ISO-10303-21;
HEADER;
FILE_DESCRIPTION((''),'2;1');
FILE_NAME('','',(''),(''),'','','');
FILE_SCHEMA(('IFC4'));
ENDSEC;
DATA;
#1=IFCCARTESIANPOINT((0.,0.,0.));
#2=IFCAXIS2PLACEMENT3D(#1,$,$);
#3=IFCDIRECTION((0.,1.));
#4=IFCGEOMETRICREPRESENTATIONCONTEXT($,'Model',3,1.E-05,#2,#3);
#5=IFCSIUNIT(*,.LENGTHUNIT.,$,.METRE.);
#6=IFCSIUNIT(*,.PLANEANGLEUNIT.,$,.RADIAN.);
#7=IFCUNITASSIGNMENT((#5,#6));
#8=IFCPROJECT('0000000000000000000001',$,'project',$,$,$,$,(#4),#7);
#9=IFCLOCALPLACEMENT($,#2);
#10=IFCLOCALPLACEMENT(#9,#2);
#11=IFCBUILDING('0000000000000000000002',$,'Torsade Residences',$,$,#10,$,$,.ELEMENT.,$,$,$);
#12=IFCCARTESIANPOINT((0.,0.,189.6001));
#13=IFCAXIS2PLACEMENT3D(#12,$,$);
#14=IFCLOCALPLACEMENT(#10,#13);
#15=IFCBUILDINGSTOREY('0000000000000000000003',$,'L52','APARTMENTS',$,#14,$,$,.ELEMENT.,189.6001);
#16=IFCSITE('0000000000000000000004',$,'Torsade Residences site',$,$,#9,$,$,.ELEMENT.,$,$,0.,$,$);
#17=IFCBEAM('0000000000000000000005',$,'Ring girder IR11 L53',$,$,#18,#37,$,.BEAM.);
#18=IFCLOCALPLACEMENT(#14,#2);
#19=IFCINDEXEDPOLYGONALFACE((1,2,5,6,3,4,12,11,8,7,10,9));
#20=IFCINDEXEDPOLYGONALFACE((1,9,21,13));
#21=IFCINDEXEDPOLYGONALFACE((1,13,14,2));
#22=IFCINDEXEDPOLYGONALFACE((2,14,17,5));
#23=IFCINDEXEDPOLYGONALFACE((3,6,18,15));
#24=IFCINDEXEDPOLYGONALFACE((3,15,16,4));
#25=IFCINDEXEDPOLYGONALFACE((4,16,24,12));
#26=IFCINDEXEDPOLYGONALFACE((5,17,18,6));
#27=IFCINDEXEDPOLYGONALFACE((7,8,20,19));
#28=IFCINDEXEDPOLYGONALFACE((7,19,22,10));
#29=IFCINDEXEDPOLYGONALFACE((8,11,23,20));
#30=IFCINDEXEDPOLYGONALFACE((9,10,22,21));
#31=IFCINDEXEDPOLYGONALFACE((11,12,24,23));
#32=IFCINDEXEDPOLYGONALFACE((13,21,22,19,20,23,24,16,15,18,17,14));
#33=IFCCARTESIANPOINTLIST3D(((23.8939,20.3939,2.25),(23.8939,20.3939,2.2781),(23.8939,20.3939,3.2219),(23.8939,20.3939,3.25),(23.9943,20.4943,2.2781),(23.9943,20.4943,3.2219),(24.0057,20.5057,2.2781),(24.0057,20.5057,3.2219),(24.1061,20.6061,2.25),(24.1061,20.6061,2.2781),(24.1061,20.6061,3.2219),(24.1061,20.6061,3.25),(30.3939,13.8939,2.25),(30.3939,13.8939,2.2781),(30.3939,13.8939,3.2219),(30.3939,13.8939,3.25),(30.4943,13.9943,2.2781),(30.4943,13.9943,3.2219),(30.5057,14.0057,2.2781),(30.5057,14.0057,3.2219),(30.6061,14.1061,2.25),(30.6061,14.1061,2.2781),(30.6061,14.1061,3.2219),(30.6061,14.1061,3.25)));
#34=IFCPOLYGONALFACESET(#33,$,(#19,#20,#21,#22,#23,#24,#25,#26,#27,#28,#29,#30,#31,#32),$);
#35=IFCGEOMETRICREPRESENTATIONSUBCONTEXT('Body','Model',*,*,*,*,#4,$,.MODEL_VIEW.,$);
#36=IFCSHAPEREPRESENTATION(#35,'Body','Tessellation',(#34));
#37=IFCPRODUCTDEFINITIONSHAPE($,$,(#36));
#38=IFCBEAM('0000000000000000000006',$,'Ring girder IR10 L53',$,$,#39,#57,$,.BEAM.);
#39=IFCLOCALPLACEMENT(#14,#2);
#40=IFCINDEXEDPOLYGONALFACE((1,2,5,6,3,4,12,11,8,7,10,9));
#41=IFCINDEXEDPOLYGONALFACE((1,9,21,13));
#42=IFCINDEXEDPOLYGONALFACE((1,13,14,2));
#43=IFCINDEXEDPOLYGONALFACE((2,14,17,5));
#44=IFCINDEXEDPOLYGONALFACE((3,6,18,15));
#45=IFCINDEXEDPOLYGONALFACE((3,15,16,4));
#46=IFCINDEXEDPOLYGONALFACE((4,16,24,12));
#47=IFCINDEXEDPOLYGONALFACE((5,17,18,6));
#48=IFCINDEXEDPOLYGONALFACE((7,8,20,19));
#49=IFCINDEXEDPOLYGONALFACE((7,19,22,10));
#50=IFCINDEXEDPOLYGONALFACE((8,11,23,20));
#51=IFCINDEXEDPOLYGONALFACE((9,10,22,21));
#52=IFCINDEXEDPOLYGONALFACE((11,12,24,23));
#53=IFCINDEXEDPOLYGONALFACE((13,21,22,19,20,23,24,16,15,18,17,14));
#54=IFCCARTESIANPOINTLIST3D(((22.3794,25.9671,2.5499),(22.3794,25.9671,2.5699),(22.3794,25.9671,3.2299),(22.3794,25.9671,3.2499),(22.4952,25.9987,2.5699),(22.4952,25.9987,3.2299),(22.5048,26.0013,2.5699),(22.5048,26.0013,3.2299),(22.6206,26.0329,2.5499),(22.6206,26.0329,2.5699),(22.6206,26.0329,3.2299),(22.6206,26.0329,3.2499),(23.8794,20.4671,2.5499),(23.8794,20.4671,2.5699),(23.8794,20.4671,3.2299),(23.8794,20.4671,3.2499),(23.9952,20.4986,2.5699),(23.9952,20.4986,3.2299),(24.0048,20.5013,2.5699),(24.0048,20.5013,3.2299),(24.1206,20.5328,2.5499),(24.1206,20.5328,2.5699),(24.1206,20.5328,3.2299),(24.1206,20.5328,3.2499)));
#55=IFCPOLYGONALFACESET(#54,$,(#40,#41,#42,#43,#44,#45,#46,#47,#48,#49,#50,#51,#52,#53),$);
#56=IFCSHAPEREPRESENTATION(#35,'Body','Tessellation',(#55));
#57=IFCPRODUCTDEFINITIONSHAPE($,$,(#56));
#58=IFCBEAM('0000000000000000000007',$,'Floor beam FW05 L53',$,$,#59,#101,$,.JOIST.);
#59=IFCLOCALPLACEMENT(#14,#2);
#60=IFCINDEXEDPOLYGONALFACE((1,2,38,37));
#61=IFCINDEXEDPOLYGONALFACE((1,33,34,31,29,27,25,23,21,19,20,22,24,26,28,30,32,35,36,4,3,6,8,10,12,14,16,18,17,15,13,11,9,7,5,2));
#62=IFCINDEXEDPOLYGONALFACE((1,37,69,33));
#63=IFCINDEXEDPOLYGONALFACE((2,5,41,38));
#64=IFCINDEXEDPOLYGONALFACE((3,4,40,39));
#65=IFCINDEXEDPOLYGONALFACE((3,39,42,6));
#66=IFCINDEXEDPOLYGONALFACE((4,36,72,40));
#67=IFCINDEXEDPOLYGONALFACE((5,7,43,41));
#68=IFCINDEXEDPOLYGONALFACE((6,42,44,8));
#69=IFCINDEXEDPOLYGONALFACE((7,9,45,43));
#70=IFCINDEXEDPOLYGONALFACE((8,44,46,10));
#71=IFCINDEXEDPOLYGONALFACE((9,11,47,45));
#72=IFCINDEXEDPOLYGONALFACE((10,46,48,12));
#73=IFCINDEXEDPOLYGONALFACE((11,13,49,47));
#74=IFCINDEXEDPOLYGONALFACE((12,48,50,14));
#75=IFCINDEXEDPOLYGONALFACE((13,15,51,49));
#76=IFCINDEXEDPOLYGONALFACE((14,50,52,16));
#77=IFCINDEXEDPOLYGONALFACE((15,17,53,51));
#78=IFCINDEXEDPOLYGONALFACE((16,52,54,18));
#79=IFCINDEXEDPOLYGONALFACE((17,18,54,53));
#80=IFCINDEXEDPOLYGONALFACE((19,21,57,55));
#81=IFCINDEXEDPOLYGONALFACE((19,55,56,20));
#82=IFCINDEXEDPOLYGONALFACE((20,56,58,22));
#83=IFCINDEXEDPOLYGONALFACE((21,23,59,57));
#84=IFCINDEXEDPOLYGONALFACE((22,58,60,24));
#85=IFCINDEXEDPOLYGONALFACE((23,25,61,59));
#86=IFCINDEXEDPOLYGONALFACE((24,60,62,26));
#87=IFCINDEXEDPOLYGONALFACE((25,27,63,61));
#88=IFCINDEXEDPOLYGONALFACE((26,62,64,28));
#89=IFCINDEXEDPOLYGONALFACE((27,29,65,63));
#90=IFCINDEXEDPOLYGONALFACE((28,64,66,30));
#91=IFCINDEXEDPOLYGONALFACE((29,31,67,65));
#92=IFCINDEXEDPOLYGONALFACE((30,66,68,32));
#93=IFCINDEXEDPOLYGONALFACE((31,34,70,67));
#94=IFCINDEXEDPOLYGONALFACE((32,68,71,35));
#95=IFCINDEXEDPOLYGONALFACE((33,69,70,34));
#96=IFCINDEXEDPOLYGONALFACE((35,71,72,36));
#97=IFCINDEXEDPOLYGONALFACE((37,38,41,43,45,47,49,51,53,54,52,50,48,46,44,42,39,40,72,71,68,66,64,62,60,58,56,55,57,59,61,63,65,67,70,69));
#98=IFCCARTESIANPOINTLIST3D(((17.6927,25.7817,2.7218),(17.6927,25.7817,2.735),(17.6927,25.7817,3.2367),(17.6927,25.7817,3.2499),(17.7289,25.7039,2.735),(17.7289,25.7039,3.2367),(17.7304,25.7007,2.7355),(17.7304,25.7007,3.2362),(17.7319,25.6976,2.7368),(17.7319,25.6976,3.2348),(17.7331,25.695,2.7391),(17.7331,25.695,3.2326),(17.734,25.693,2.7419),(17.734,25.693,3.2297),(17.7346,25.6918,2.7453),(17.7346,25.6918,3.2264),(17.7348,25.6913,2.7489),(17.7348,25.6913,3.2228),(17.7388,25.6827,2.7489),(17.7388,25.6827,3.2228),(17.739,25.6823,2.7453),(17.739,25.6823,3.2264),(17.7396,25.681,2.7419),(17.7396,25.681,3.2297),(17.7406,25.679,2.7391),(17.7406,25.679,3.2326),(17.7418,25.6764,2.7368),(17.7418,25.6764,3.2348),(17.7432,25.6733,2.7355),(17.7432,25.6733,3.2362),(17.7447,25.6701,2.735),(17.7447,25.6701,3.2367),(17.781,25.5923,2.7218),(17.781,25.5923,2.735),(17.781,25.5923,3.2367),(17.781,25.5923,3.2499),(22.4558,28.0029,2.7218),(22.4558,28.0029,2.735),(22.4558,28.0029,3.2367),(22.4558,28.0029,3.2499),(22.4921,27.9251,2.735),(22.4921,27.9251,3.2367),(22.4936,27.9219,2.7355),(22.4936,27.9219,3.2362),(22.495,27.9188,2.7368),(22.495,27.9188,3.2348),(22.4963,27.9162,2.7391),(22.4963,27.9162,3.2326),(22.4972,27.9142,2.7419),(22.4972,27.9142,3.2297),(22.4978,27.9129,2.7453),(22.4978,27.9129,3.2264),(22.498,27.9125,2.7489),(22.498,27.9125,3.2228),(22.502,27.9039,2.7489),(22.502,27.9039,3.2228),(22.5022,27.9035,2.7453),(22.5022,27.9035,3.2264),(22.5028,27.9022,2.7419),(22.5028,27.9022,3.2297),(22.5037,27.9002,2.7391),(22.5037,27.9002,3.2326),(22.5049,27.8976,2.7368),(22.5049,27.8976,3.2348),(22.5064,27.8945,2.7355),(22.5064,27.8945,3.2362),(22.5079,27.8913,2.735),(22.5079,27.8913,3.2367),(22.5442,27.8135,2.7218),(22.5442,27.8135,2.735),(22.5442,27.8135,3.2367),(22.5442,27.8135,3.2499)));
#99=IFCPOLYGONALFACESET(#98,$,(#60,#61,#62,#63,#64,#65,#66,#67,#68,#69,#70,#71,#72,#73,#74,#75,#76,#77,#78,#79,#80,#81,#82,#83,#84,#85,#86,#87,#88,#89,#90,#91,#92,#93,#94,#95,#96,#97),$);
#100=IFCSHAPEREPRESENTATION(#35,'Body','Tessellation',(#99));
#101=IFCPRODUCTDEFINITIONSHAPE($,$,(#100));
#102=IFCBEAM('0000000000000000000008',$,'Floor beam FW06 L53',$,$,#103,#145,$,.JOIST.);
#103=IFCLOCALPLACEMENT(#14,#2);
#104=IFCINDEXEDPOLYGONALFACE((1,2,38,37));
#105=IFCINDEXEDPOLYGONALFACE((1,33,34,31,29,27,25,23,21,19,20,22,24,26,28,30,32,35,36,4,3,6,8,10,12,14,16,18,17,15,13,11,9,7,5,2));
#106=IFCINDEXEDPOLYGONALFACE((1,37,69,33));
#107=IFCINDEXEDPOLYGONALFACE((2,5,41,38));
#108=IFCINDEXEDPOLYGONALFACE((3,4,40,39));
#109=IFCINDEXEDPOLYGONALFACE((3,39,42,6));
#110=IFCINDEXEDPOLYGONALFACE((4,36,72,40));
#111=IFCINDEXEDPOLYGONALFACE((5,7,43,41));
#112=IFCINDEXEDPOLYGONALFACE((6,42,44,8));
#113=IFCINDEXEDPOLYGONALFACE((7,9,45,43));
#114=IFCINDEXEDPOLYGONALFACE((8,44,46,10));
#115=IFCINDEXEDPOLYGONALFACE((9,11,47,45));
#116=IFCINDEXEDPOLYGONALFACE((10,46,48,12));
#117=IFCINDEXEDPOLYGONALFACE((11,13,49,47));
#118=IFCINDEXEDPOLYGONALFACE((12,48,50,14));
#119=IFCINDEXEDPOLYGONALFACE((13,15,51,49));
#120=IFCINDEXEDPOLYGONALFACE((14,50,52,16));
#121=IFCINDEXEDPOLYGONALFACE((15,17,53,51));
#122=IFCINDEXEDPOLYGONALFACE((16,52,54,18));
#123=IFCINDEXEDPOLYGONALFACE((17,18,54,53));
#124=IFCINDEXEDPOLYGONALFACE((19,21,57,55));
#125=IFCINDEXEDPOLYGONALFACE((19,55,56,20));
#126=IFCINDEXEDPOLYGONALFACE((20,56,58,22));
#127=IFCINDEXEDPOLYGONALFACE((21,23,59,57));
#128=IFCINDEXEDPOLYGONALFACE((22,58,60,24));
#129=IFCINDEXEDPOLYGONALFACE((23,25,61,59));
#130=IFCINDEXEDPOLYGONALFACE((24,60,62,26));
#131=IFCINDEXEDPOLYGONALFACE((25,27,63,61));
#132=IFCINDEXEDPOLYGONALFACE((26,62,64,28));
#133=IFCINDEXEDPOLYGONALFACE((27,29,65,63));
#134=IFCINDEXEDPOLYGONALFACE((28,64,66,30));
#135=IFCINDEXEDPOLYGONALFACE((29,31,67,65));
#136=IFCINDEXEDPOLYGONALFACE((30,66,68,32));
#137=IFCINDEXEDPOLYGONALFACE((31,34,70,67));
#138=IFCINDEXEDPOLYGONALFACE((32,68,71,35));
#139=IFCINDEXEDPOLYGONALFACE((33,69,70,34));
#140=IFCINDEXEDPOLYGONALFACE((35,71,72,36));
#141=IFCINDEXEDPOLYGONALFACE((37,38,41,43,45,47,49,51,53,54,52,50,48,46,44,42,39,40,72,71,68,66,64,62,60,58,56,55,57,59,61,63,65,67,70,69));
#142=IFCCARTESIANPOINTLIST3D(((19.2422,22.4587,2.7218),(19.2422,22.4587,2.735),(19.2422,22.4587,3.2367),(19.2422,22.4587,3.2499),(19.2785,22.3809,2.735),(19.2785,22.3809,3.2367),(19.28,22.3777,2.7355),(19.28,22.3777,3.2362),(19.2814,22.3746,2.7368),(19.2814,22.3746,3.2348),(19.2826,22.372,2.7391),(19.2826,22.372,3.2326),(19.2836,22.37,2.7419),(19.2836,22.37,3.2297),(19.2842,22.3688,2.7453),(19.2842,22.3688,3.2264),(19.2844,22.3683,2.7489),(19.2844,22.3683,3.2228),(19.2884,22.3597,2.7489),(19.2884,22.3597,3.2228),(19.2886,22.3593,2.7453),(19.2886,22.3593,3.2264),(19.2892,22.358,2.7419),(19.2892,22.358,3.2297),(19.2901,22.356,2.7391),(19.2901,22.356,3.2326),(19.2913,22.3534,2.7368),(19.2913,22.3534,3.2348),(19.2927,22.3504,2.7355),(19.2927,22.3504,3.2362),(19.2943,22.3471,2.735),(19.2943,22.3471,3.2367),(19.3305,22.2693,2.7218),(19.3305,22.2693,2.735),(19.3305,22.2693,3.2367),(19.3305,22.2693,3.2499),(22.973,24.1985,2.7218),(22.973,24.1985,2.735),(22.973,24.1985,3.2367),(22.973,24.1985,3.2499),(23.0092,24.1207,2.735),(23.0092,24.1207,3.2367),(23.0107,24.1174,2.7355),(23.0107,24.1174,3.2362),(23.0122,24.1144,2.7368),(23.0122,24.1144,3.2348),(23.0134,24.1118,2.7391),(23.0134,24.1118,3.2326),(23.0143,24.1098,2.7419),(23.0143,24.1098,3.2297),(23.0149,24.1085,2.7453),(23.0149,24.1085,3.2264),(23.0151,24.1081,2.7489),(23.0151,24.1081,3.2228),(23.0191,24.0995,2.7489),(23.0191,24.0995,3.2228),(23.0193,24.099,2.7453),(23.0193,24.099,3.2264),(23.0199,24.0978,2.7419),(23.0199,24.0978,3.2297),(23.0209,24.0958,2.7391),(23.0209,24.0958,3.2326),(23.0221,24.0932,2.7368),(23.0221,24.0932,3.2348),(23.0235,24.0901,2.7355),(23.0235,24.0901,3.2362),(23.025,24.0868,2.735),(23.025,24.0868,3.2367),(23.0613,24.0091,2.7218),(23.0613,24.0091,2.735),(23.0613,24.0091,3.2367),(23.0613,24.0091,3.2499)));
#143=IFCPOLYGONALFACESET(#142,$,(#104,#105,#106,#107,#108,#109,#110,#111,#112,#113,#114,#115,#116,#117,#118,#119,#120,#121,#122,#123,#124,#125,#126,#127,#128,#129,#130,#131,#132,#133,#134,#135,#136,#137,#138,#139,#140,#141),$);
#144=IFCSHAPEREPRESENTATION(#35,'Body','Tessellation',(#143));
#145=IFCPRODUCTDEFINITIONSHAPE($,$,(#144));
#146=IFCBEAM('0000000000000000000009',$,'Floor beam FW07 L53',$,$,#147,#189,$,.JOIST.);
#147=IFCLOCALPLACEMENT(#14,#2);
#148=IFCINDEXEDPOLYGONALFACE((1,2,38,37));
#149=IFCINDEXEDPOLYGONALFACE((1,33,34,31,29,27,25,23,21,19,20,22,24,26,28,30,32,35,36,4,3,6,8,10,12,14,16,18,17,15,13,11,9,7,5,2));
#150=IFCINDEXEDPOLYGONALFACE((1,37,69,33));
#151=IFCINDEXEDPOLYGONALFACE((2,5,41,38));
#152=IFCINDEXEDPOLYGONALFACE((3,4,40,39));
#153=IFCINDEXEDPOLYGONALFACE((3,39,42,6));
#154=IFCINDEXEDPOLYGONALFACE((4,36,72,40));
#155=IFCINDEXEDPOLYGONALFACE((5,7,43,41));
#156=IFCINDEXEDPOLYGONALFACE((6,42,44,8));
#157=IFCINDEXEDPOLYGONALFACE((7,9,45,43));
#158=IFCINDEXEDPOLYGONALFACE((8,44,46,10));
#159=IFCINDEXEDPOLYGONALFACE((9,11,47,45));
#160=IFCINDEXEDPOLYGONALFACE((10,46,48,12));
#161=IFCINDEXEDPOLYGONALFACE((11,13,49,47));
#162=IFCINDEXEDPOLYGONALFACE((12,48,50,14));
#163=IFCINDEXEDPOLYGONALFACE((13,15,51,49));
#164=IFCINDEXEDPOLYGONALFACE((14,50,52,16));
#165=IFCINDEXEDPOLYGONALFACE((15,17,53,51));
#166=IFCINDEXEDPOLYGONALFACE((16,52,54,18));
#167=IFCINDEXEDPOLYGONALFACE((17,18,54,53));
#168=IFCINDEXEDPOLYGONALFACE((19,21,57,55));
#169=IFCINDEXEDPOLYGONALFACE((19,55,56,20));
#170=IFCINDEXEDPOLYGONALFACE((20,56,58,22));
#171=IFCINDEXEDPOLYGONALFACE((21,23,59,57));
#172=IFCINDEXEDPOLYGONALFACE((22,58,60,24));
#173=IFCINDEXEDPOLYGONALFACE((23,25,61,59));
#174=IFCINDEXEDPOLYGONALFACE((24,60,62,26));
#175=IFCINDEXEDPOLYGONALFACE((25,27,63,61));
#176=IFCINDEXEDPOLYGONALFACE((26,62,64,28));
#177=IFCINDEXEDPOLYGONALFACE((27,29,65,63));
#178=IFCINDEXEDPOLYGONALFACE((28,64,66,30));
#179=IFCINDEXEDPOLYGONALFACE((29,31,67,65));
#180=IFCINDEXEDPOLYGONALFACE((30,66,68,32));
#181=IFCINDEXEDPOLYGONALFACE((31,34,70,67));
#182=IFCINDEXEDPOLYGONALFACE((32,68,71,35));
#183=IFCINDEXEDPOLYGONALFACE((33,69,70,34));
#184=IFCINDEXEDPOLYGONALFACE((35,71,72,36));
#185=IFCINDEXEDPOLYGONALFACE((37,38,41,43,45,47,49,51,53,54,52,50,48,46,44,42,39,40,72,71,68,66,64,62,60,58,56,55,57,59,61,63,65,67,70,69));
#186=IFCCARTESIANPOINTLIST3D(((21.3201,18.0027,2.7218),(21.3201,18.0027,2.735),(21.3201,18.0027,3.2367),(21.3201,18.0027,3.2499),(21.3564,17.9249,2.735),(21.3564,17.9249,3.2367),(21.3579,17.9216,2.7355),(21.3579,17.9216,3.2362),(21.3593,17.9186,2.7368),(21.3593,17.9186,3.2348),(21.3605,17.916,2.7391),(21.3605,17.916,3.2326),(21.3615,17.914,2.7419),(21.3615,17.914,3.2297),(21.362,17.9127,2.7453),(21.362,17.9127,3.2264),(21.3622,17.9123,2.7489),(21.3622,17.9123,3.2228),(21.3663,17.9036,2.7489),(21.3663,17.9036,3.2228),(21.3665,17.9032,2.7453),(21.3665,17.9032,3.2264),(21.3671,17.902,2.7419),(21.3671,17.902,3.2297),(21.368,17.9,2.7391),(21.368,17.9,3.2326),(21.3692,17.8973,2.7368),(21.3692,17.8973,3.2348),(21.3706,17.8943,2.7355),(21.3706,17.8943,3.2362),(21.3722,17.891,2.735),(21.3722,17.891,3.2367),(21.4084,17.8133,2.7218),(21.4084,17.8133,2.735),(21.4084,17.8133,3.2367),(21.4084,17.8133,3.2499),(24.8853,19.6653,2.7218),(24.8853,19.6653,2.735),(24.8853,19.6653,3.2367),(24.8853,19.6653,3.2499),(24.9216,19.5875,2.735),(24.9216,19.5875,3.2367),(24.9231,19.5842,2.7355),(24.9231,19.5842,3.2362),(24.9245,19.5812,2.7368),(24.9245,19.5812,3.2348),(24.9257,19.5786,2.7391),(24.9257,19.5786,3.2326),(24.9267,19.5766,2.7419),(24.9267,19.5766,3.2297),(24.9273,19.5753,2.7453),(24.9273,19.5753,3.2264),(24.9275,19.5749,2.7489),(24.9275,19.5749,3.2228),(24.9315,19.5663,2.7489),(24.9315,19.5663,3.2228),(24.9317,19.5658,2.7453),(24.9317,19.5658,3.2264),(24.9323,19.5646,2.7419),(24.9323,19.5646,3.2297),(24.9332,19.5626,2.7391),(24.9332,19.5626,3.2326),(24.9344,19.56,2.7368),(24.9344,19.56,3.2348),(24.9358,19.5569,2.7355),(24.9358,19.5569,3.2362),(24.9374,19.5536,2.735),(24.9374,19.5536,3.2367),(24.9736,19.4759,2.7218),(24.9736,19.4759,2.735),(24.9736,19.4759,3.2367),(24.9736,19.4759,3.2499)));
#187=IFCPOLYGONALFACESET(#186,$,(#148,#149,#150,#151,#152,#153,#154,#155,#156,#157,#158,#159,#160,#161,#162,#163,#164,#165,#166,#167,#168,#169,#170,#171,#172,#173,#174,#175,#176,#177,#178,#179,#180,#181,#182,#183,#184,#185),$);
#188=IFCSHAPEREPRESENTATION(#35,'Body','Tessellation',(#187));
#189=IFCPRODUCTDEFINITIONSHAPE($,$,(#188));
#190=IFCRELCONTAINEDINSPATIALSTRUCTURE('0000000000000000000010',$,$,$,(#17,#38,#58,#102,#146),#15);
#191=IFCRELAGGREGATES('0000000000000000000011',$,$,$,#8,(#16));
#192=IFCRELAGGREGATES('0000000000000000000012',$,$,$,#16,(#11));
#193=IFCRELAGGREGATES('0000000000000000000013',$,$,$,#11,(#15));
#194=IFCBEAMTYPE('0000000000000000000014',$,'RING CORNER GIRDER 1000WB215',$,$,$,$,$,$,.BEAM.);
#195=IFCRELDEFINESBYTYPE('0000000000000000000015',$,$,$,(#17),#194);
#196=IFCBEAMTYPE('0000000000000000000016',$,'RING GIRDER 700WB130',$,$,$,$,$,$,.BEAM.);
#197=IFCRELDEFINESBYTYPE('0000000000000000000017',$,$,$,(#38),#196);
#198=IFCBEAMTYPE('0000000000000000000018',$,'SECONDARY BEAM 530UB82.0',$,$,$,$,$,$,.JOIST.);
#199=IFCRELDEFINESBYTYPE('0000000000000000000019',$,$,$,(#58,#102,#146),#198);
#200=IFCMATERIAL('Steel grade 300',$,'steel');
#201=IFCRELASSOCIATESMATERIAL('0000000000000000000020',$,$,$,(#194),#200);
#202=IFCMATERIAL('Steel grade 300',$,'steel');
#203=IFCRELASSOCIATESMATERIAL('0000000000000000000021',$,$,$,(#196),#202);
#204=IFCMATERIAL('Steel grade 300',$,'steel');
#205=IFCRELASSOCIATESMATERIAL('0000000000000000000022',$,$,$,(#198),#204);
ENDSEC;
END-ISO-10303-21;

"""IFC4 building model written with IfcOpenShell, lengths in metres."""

from ifc_helpers import new_model, si_unit, direction, frame, origin, origin_2d, place, context, subcontext, project, spatial, i_section, extrude, material, material_profile, profile_set, type_object, element, save


model = new_model("IFC4")

# Units and contexts
model_context = context("Model", 3, precision=1e-05, world=origin(), true_north=direction((0.0, 1.0)))
body_context = subcontext(model_context, "Body", "Model", "MODEL_VIEW")
ifc_project = project(units=[si_unit("LENGTHUNIT", "METRE"), si_unit("PLANEANGLEUNIT", "RADIAN")], contexts=[model_context])

# Site, building, storey
site_placement = place(None, origin())
site = spatial("IfcSite", under=ifc_project, at=site_placement, Name="Torsade Residences site", CompositionType="ELEMENT", RefElevation=0.0)
building_placement = place(site_placement, origin())
building = spatial("IfcBuilding", under=site, at=building_placement, Name="Torsade Residences", CompositionType="ELEMENT")
storey_placement = place(building_placement, frame((0.0, 0.0, 189.6001)))
storey = spatial("IfcBuildingStorey", under=building, at=storey_placement, Name="L52", Description="APARTMENTS", CompositionType="ELEMENT", Elevation=189.6001)

# Beams
ifc_material_1 = material(Name="Steel grade 300", Category="steel")
ifc_material_profile_1 = material_profile(ifc_material_1, i_section(OverallWidth=0.3, OverallDepth=1.0, WebThickness=0.0161, FlangeThickness=0.0281, at=origin_2d()), Name="1000WB215")
ifc_profile_set_1 = profile_set([ifc_material_profile_1], Name="Steel grade 300")
beam_type_1 = type_object("IfcBeamType", Name="RING CORNER GIRDER 1000WB215", PredefinedType="BEAM", material=ifc_profile_set_1)
beam_1_placement = place(storey_placement, frame((24.0, 20.5, 2.75), z_axis=(0.707107, -0.707107, 0.0), x_axis=(0.707107, 0.707107, 0.0)))
element("IfcBeam", 1, at=beam_1_placement, inside=storey, type_object=beam_type_1, Name="Ring girder IR11 L53", PredefinedType="BEAM", context=body_context, shape_type="SweptSolid", body=[
    extrude(i_section(OverallWidth=0.3, OverallDepth=1.0, WebThickness=0.0161, FlangeThickness=0.0281, at=origin_2d()), origin(), (0.0, 0.0, 1.0), 9.1924),
])
ifc_material_2 = material(Name="Steel grade 300", Category="steel")
ifc_material_profile_2 = material_profile(ifc_material_2, i_section(OverallWidth=0.25, OverallDepth=0.7, WebThickness=0.01, FlangeThickness=0.02, at=origin_2d()), Name="700WB130")
ifc_profile_set_2 = profile_set([ifc_material_profile_2], Name="Steel grade 300")
beam_type_2 = type_object("IfcBeamType", Name="RING GIRDER 700WB130", PredefinedType="BEAM", material=ifc_profile_set_2)
beam_2_placement = place(storey_placement, frame((22.5, 26.0, 2.8999), z_axis=(0.263117, -0.964764, 0.0), x_axis=(0.964764, 0.263117, 0.0)))
element("IfcBeam", 2, at=beam_2_placement, inside=storey, type_object=beam_type_2, Name="Ring girder IR10 L53", PredefinedType="BEAM", context=body_context, shape_type="SweptSolid", body=[
    extrude(i_section(OverallWidth=0.25, OverallDepth=0.7, WebThickness=0.01, FlangeThickness=0.02, at=origin_2d()), origin(), (0.0, 0.0, 1.0), 5.7009),
])
ifc_material_3 = material(Name="Steel grade 300", Category="steel")
ifc_material_profile_3 = material_profile(ifc_material_3, i_section(OverallWidth=0.209, OverallDepth=0.5281, WebThickness=0.0095, FlangeThickness=0.0132, FilletRadius=0.0139, at=origin_2d()), Name="530UB82.0")
ifc_profile_set_3 = profile_set([ifc_material_profile_3], Name="Steel grade 300")
beam_type_3 = type_object("IfcBeamType", Name="SECONDARY BEAM 530UB82.0", PredefinedType="JOIST", material=ifc_profile_set_3)
beam_3_placement = place(storey_placement, frame((17.7368, 25.687, 2.9858), z_axis=(0.906302, 0.422631, 0.0), x_axis=(-0.422631, 0.906302, 0.0)))
element("IfcBeam", 3, at=beam_3_placement, inside=storey, type_object=beam_type_3, Name="Floor beam FW05 L53", PredefinedType="JOIST", context=body_context, shape_type="SweptSolid", body=[
    extrude(i_section(OverallWidth=0.209, OverallDepth=0.5281, WebThickness=0.0095, FlangeThickness=0.0132, FilletRadius=0.0139, at=origin_2d()), origin(), (0.0, 0.0, 1.0), 5.2556),
])
beam_4_placement = place(storey_placement, frame((19.2864, 22.364, 2.9858), z_axis=(0.9063, 0.422635, 0.0), x_axis=(-0.422635, 0.9063, 0.0)))
element("IfcBeam", 4, at=beam_4_placement, inside=storey, type_object=beam_type_3, Name="Floor beam FW06 L53", PredefinedType="JOIST", context=body_context, shape_type="SweptSolid", body=[
    extrude(i_section(OverallWidth=0.209, OverallDepth=0.5281, WebThickness=0.0095, FlangeThickness=0.0132, FilletRadius=0.0139, at=origin_2d()), origin(), (0.0, 0.0, 1.0), 4.1165),
])
beam_5_placement = place(storey_placement, frame((21.3643, 17.908, 2.9858), z_axis=(0.906296, 0.422644, 0.0), x_axis=(-0.422644, 0.906296, 0.0)))
element("IfcBeam", 5, at=beam_5_placement, inside=storey, type_object=beam_type_3, Name="Floor beam FW07 L53", PredefinedType="JOIST", context=body_context, shape_type="SweptSolid", body=[
    extrude(i_section(OverallWidth=0.209, OverallDepth=0.5281, WebThickness=0.0095, FlangeThickness=0.0132, FilletRadius=0.0139, at=origin_2d()), origin(), (0.0, 0.0, 1.0), 3.9338),
])

save(model, "model.ifc")
